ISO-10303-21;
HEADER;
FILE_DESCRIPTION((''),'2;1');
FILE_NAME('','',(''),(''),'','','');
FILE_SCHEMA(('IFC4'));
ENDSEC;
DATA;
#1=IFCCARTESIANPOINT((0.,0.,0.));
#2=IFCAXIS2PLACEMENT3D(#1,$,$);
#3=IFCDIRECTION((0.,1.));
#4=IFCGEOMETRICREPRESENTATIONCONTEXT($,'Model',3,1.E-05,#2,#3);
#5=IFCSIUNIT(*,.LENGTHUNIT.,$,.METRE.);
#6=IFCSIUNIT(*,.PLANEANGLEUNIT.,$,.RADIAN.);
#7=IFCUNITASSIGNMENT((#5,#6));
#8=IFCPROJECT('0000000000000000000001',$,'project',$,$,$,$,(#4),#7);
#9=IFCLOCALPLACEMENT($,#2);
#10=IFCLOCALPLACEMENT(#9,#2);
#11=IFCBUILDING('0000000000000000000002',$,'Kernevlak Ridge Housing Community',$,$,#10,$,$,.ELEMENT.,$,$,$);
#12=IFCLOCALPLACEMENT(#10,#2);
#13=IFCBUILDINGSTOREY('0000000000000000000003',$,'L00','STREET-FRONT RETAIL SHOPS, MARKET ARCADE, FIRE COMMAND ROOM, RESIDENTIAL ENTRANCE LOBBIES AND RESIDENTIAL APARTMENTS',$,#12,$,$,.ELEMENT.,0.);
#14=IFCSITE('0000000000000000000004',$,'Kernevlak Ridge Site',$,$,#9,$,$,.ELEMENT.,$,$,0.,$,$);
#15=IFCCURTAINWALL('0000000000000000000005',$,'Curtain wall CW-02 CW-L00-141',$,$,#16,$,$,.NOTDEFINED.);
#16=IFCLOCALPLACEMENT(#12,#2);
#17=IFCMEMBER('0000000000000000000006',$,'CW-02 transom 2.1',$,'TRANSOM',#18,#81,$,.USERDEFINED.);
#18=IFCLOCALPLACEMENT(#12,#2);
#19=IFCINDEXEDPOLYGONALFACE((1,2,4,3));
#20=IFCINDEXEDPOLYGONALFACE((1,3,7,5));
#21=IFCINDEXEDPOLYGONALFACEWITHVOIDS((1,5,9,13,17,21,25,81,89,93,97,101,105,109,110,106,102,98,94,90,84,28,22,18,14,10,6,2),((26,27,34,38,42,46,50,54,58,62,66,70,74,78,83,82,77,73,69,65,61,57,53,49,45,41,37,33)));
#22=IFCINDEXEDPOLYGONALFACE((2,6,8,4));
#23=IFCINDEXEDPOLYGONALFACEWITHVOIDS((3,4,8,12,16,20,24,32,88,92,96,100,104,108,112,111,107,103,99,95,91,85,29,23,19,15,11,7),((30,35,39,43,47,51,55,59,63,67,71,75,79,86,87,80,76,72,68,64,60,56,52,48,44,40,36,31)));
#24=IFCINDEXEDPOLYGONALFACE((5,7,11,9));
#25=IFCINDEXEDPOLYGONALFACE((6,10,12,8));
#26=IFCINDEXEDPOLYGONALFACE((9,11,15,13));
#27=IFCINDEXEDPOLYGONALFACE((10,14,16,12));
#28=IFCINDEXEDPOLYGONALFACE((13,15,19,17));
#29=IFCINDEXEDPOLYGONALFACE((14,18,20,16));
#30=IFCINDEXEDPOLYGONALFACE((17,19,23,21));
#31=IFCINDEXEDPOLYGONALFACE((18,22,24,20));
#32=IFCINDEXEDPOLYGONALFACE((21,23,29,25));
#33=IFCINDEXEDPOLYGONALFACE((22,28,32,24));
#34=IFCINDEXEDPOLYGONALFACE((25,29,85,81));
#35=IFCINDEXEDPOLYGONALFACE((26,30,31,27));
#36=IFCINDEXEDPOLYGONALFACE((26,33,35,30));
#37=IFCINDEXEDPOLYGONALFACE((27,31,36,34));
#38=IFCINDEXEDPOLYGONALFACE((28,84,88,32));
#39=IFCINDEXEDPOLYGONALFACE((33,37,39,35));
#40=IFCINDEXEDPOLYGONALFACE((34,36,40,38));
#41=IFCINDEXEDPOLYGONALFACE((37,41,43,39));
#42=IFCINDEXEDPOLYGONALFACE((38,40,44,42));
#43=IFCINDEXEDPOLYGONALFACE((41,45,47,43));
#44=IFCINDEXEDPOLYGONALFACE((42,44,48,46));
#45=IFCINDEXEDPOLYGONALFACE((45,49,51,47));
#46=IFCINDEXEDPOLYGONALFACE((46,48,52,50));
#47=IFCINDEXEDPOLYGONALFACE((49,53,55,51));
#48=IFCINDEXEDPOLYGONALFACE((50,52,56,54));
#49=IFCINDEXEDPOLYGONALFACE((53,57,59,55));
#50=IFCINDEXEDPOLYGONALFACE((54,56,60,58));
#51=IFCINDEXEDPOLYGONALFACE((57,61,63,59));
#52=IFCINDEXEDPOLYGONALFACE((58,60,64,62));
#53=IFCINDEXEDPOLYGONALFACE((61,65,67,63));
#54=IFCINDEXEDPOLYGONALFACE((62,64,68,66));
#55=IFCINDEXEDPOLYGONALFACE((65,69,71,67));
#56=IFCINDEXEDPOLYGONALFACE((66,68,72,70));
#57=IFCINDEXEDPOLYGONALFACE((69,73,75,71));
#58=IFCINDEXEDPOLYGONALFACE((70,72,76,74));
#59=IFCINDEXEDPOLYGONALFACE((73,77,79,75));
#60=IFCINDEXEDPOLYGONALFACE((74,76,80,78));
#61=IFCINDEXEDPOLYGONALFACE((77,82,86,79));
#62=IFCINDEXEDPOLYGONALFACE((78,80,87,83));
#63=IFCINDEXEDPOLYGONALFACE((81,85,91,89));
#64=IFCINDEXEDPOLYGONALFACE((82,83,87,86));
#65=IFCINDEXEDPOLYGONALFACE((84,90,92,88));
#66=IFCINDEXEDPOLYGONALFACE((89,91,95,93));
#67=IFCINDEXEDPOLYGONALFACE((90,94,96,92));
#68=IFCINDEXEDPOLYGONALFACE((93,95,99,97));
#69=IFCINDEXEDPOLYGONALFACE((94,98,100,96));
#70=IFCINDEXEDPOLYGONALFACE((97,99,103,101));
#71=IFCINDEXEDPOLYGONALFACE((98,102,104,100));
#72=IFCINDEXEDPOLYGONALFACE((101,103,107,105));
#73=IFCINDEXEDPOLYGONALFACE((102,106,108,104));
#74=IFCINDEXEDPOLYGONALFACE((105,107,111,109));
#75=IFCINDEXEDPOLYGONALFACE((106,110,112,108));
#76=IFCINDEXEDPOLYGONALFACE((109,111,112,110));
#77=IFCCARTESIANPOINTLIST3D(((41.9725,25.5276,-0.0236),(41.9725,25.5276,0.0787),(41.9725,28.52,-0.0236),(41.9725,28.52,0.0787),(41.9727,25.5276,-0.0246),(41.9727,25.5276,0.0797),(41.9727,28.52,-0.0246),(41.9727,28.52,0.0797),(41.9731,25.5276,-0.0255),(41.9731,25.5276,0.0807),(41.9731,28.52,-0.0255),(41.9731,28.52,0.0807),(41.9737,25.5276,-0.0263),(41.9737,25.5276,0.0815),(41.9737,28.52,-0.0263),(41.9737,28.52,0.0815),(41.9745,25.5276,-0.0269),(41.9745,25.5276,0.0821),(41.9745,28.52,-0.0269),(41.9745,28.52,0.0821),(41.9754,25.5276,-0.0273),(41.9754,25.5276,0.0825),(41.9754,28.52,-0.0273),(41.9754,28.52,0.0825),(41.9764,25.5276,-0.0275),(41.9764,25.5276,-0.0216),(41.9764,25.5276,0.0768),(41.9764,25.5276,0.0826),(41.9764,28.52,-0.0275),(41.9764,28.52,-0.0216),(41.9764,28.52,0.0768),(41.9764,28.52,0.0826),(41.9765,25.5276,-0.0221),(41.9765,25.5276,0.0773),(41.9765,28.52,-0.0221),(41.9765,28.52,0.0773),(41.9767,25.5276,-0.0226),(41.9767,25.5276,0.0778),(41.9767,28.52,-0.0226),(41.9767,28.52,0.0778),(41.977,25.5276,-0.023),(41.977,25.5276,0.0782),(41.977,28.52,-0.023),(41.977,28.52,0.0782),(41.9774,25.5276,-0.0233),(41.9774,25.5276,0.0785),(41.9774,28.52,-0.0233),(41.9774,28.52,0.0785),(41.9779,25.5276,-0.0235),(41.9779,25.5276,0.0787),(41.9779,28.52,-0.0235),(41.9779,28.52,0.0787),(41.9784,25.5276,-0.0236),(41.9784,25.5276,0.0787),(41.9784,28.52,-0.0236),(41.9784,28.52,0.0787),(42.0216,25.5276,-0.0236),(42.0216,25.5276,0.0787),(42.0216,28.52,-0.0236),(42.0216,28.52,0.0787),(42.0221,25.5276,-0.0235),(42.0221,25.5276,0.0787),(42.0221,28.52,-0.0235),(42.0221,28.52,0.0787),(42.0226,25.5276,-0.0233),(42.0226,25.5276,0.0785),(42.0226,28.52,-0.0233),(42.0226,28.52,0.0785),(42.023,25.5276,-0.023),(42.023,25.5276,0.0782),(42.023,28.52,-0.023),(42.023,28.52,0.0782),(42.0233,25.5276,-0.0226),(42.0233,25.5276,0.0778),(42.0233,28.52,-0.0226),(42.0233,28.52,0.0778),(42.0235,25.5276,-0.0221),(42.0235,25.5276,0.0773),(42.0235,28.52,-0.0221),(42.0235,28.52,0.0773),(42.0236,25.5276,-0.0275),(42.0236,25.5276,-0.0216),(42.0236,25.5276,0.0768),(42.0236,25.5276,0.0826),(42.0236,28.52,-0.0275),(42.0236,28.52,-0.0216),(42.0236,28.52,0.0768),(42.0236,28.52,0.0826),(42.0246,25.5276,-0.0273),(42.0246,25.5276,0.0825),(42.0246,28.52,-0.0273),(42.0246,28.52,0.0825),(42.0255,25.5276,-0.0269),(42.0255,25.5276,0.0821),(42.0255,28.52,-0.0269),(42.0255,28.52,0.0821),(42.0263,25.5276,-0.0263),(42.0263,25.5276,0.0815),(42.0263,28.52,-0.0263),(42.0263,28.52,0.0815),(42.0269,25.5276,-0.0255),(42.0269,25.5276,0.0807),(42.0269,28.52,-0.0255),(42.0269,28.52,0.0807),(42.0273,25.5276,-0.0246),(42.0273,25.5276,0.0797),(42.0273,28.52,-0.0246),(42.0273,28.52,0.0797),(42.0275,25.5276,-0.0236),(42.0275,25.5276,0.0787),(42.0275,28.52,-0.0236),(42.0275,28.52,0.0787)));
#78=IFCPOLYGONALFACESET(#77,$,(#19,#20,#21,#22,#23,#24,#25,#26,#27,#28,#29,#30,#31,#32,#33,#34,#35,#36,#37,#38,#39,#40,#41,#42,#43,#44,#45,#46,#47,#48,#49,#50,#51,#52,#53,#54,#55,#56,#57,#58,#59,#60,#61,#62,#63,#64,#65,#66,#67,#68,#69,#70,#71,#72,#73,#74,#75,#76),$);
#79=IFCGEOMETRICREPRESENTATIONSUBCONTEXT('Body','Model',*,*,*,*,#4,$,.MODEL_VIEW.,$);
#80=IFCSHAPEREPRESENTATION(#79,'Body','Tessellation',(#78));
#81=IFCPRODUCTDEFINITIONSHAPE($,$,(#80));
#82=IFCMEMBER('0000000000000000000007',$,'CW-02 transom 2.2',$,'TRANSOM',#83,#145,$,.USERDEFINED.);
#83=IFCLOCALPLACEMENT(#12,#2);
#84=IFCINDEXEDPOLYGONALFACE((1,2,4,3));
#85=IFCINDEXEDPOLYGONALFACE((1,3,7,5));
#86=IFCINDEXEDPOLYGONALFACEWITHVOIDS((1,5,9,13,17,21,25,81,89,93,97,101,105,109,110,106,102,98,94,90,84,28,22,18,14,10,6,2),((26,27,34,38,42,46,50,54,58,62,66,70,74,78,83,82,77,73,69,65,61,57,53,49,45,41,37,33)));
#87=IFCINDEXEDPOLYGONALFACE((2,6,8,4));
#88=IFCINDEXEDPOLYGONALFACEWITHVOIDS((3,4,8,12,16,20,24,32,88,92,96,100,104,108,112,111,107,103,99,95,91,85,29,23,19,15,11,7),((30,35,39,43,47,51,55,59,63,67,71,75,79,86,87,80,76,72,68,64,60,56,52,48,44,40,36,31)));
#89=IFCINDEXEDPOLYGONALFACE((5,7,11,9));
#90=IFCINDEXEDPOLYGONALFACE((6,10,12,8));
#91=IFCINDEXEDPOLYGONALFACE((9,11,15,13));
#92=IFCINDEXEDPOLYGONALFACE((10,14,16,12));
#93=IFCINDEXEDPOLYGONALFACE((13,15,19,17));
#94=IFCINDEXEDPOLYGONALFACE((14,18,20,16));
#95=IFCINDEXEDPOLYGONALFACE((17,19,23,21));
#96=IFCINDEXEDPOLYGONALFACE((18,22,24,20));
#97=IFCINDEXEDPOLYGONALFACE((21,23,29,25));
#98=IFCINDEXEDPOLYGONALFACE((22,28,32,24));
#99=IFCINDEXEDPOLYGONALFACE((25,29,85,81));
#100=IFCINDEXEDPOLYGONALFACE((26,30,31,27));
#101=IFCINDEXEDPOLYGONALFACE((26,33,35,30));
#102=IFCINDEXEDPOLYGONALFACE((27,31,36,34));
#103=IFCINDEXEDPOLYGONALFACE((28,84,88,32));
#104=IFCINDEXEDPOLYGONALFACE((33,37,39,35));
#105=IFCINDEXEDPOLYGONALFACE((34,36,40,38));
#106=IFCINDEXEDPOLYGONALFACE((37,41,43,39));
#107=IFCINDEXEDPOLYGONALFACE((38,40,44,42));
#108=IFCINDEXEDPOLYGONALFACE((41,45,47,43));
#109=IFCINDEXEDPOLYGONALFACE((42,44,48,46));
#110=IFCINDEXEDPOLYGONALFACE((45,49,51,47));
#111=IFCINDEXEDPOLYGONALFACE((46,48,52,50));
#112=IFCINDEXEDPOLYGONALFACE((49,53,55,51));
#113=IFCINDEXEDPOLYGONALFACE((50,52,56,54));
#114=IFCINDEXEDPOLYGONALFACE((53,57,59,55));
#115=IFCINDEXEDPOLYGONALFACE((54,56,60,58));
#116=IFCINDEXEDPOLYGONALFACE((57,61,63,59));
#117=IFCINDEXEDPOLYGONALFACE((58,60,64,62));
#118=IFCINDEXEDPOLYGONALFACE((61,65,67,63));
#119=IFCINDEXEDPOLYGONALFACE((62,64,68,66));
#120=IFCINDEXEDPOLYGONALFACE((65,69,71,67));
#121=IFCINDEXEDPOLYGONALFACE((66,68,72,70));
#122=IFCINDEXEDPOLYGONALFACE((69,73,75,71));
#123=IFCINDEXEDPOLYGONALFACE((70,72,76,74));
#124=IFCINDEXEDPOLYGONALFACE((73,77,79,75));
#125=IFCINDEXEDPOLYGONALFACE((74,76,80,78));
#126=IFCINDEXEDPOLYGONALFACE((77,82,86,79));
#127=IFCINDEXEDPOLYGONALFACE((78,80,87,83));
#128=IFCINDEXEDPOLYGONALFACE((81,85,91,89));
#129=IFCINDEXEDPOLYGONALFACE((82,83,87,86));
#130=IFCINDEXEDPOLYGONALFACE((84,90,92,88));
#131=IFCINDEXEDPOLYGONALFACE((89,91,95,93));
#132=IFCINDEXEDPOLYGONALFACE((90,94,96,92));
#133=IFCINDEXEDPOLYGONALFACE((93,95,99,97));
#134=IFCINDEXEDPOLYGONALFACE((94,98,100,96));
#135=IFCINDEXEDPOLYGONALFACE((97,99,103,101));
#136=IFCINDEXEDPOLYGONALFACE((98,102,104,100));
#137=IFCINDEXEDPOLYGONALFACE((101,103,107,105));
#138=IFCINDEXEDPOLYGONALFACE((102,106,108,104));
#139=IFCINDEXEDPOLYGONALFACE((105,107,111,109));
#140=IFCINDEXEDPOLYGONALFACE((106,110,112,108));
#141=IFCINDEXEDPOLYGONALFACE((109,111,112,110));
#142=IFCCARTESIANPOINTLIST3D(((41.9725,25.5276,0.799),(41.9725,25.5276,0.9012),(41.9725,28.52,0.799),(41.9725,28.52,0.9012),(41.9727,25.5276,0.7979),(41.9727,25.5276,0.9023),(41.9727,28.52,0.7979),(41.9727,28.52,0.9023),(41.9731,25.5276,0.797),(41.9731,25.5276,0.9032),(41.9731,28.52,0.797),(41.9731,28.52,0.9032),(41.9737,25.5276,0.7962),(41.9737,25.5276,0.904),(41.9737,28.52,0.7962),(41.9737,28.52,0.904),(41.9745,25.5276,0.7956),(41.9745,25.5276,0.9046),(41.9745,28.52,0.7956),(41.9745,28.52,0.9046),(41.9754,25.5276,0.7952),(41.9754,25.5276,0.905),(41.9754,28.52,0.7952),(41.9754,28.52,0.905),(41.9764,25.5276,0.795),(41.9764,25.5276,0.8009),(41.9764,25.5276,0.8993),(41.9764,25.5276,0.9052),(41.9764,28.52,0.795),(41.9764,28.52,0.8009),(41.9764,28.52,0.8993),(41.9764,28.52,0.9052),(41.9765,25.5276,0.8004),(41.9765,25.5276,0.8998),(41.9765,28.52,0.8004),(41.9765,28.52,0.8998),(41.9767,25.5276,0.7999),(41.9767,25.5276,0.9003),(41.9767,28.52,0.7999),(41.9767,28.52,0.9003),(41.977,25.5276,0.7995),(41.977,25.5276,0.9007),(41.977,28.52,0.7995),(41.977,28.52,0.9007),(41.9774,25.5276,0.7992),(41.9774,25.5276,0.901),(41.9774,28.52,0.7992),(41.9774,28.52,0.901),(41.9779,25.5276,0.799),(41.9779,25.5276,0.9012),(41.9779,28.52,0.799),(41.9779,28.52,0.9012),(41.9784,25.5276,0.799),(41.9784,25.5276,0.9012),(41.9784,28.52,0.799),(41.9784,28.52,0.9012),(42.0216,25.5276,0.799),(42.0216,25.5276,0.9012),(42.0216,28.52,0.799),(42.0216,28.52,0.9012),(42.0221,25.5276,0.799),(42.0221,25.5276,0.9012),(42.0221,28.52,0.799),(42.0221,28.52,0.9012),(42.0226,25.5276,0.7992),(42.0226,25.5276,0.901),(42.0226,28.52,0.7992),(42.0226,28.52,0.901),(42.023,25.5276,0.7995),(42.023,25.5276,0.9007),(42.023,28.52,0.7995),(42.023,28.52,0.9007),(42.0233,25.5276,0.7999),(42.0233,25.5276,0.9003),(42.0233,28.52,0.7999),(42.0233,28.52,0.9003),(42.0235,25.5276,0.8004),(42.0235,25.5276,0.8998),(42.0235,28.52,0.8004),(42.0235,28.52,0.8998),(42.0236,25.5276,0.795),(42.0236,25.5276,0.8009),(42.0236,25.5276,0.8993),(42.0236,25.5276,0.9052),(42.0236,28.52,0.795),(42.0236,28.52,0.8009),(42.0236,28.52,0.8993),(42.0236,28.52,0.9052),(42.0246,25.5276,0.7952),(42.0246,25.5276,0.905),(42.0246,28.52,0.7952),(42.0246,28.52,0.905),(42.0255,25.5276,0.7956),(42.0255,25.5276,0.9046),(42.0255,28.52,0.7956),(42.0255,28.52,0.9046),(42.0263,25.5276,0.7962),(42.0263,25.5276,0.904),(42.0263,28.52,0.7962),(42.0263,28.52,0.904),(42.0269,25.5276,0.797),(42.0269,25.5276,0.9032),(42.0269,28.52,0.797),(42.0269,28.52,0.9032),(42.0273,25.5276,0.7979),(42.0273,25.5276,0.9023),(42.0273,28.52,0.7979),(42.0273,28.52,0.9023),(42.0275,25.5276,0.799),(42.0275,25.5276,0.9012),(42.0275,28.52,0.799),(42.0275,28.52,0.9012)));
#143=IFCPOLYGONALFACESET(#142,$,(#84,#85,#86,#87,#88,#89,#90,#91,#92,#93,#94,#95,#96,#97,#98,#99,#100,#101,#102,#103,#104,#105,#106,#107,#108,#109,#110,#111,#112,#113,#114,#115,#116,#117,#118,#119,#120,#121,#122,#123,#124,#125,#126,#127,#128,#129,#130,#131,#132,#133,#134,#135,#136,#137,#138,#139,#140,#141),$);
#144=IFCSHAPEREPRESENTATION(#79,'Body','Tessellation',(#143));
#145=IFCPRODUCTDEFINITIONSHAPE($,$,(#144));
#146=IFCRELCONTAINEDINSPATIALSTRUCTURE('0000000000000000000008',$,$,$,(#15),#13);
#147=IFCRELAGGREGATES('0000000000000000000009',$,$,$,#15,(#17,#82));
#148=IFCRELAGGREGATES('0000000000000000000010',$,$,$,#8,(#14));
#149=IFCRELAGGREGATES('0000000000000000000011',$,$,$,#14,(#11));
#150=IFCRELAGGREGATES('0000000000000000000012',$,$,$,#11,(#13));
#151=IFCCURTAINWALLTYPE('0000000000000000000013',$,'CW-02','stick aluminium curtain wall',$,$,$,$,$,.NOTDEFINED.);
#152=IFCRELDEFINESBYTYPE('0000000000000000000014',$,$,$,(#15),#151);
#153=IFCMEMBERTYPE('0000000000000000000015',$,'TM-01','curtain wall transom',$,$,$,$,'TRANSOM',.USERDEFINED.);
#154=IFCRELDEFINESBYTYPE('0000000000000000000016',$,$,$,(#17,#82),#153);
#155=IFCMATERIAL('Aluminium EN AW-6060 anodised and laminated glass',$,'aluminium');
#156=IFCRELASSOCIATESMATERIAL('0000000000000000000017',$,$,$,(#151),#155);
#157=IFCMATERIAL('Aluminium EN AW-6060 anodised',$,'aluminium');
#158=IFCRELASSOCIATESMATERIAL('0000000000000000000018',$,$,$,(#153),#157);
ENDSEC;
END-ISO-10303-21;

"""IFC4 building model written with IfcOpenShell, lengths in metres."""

from ifc_helpers import new_model, si_unit, direction, frame, origin, origin_2d, place, context, subcontext, project, spatial, hollow_rectangle, extrude, material, material_profile, profile_set, type_object, element, aggregate, save


model = new_model("IFC4")

# Units and contexts
model_context = context("Model", 3, precision=1e-05, world=origin(), true_north=direction((0.0, 1.0)))
body_context = subcontext(model_context, "Body", "Model", "MODEL_VIEW")
ifc_project = project(units=[si_unit("LENGTHUNIT", "METRE"), si_unit("PLANEANGLEUNIT", "RADIAN")], contexts=[model_context])

# Site, building, storey
site_placement = place(None, origin())
site = spatial("IfcSite", under=ifc_project, at=site_placement, Name="Kernevlak Ridge Site", CompositionType="ELEMENT", RefElevation=0.0)
building_placement = place(site_placement, origin())
building = spatial("IfcBuilding", under=site, at=building_placement, Name="Kernevlak Ridge Housing Community", CompositionType="ELEMENT")
storey_placement = place(building_placement, origin())
storey = spatial("IfcBuildingStorey", under=building, at=storey_placement, Name="L00", Description="STREET-FRONT RETAIL SHOPS, MARKET ARCADE, FIRE COMMAND ROOM, RESIDENTIAL ENTRANCE LOBBIES AND RESIDENTIAL APARTMENTS", CompositionType="ELEMENT", Elevation=0.0)

# Curtain wall
ifc_material_1 = material(Name="Aluminium EN AW-6060 anodised and laminated glass", Category="aluminium")
curtain_wall_type = type_object("IfcCurtainWallType", Name="CW-02", Description="stick aluminium curtain wall", PredefinedType="NOTDEFINED", material=ifc_material_1)
curtain_wall_placement = place(storey_placement, origin())
curtain_wall = element("IfcCurtainWall", 1, at=curtain_wall_placement, inside=storey, type_object=curtain_wall_type, Name="Curtain wall CW-02 CW-L00-141", PredefinedType="NOTDEFINED")
ifc_material_2 = material(Name="Aluminium EN AW-6060 anodised", Category="aluminium")

# Members
ifc_material_profile_1 = material_profile(ifc_material_2, hollow_rectangle(XDim=0.0549, YDim=0.1101, WallThickness=0.0039, InnerFilletRadius=0.002, OuterFilletRadius=0.0039, at=origin_2d()), Name="ALU 55x110x4")
ifc_profile_set_1 = profile_set([ifc_material_profile_1], Name="Aluminium EN AW-6060 anodised")
member_type_1 = type_object("IfcMemberType", Name="TM-01", Description="curtain wall transom", ElementType="TRANSOM", PredefinedType="USERDEFINED", material=ifc_profile_set_1)
member_1_placement = place(storey_placement, frame((42.0, 25.5276, 0.0276), z_axis=(0.0, 1.0, 0.0), x_axis=(-1.0, 0.0, 0.0)))
member_1 = element("IfcMember", 2, at=member_1_placement, type_object=member_type_1, Name="CW-02 transom 2.1", ObjectType="TRANSOM", PredefinedType="USERDEFINED", context=body_context, shape_type="SweptSolid", body=[
    extrude(hollow_rectangle(XDim=0.0549, YDim=0.1101, WallThickness=0.0039, InnerFilletRadius=0.002, OuterFilletRadius=0.0039, at=origin_2d()), origin(), (0.0, 0.0, 1.0), 2.9924),
])
member_2_placement = place(storey_placement, frame((42.0, 25.5276, 0.8501), z_axis=(0.0, 1.0, 0.0), x_axis=(-1.0, 0.0, 0.0)))
member_2 = element("IfcMember", 3, at=member_2_placement, type_object=member_type_1, Name="CW-02 transom 2.2", ObjectType="TRANSOM", PredefinedType="USERDEFINED", context=body_context, shape_type="SweptSolid", body=[
    extrude(hollow_rectangle(XDim=0.0549, YDim=0.1101, WallThickness=0.0039, InnerFilletRadius=0.002, OuterFilletRadius=0.0039, at=origin_2d()), origin(), (0.0, 0.0, 1.0), 2.9924),
])

aggregate(curtain_wall, [member_1, member_2])

save(model, "model.ifc")
